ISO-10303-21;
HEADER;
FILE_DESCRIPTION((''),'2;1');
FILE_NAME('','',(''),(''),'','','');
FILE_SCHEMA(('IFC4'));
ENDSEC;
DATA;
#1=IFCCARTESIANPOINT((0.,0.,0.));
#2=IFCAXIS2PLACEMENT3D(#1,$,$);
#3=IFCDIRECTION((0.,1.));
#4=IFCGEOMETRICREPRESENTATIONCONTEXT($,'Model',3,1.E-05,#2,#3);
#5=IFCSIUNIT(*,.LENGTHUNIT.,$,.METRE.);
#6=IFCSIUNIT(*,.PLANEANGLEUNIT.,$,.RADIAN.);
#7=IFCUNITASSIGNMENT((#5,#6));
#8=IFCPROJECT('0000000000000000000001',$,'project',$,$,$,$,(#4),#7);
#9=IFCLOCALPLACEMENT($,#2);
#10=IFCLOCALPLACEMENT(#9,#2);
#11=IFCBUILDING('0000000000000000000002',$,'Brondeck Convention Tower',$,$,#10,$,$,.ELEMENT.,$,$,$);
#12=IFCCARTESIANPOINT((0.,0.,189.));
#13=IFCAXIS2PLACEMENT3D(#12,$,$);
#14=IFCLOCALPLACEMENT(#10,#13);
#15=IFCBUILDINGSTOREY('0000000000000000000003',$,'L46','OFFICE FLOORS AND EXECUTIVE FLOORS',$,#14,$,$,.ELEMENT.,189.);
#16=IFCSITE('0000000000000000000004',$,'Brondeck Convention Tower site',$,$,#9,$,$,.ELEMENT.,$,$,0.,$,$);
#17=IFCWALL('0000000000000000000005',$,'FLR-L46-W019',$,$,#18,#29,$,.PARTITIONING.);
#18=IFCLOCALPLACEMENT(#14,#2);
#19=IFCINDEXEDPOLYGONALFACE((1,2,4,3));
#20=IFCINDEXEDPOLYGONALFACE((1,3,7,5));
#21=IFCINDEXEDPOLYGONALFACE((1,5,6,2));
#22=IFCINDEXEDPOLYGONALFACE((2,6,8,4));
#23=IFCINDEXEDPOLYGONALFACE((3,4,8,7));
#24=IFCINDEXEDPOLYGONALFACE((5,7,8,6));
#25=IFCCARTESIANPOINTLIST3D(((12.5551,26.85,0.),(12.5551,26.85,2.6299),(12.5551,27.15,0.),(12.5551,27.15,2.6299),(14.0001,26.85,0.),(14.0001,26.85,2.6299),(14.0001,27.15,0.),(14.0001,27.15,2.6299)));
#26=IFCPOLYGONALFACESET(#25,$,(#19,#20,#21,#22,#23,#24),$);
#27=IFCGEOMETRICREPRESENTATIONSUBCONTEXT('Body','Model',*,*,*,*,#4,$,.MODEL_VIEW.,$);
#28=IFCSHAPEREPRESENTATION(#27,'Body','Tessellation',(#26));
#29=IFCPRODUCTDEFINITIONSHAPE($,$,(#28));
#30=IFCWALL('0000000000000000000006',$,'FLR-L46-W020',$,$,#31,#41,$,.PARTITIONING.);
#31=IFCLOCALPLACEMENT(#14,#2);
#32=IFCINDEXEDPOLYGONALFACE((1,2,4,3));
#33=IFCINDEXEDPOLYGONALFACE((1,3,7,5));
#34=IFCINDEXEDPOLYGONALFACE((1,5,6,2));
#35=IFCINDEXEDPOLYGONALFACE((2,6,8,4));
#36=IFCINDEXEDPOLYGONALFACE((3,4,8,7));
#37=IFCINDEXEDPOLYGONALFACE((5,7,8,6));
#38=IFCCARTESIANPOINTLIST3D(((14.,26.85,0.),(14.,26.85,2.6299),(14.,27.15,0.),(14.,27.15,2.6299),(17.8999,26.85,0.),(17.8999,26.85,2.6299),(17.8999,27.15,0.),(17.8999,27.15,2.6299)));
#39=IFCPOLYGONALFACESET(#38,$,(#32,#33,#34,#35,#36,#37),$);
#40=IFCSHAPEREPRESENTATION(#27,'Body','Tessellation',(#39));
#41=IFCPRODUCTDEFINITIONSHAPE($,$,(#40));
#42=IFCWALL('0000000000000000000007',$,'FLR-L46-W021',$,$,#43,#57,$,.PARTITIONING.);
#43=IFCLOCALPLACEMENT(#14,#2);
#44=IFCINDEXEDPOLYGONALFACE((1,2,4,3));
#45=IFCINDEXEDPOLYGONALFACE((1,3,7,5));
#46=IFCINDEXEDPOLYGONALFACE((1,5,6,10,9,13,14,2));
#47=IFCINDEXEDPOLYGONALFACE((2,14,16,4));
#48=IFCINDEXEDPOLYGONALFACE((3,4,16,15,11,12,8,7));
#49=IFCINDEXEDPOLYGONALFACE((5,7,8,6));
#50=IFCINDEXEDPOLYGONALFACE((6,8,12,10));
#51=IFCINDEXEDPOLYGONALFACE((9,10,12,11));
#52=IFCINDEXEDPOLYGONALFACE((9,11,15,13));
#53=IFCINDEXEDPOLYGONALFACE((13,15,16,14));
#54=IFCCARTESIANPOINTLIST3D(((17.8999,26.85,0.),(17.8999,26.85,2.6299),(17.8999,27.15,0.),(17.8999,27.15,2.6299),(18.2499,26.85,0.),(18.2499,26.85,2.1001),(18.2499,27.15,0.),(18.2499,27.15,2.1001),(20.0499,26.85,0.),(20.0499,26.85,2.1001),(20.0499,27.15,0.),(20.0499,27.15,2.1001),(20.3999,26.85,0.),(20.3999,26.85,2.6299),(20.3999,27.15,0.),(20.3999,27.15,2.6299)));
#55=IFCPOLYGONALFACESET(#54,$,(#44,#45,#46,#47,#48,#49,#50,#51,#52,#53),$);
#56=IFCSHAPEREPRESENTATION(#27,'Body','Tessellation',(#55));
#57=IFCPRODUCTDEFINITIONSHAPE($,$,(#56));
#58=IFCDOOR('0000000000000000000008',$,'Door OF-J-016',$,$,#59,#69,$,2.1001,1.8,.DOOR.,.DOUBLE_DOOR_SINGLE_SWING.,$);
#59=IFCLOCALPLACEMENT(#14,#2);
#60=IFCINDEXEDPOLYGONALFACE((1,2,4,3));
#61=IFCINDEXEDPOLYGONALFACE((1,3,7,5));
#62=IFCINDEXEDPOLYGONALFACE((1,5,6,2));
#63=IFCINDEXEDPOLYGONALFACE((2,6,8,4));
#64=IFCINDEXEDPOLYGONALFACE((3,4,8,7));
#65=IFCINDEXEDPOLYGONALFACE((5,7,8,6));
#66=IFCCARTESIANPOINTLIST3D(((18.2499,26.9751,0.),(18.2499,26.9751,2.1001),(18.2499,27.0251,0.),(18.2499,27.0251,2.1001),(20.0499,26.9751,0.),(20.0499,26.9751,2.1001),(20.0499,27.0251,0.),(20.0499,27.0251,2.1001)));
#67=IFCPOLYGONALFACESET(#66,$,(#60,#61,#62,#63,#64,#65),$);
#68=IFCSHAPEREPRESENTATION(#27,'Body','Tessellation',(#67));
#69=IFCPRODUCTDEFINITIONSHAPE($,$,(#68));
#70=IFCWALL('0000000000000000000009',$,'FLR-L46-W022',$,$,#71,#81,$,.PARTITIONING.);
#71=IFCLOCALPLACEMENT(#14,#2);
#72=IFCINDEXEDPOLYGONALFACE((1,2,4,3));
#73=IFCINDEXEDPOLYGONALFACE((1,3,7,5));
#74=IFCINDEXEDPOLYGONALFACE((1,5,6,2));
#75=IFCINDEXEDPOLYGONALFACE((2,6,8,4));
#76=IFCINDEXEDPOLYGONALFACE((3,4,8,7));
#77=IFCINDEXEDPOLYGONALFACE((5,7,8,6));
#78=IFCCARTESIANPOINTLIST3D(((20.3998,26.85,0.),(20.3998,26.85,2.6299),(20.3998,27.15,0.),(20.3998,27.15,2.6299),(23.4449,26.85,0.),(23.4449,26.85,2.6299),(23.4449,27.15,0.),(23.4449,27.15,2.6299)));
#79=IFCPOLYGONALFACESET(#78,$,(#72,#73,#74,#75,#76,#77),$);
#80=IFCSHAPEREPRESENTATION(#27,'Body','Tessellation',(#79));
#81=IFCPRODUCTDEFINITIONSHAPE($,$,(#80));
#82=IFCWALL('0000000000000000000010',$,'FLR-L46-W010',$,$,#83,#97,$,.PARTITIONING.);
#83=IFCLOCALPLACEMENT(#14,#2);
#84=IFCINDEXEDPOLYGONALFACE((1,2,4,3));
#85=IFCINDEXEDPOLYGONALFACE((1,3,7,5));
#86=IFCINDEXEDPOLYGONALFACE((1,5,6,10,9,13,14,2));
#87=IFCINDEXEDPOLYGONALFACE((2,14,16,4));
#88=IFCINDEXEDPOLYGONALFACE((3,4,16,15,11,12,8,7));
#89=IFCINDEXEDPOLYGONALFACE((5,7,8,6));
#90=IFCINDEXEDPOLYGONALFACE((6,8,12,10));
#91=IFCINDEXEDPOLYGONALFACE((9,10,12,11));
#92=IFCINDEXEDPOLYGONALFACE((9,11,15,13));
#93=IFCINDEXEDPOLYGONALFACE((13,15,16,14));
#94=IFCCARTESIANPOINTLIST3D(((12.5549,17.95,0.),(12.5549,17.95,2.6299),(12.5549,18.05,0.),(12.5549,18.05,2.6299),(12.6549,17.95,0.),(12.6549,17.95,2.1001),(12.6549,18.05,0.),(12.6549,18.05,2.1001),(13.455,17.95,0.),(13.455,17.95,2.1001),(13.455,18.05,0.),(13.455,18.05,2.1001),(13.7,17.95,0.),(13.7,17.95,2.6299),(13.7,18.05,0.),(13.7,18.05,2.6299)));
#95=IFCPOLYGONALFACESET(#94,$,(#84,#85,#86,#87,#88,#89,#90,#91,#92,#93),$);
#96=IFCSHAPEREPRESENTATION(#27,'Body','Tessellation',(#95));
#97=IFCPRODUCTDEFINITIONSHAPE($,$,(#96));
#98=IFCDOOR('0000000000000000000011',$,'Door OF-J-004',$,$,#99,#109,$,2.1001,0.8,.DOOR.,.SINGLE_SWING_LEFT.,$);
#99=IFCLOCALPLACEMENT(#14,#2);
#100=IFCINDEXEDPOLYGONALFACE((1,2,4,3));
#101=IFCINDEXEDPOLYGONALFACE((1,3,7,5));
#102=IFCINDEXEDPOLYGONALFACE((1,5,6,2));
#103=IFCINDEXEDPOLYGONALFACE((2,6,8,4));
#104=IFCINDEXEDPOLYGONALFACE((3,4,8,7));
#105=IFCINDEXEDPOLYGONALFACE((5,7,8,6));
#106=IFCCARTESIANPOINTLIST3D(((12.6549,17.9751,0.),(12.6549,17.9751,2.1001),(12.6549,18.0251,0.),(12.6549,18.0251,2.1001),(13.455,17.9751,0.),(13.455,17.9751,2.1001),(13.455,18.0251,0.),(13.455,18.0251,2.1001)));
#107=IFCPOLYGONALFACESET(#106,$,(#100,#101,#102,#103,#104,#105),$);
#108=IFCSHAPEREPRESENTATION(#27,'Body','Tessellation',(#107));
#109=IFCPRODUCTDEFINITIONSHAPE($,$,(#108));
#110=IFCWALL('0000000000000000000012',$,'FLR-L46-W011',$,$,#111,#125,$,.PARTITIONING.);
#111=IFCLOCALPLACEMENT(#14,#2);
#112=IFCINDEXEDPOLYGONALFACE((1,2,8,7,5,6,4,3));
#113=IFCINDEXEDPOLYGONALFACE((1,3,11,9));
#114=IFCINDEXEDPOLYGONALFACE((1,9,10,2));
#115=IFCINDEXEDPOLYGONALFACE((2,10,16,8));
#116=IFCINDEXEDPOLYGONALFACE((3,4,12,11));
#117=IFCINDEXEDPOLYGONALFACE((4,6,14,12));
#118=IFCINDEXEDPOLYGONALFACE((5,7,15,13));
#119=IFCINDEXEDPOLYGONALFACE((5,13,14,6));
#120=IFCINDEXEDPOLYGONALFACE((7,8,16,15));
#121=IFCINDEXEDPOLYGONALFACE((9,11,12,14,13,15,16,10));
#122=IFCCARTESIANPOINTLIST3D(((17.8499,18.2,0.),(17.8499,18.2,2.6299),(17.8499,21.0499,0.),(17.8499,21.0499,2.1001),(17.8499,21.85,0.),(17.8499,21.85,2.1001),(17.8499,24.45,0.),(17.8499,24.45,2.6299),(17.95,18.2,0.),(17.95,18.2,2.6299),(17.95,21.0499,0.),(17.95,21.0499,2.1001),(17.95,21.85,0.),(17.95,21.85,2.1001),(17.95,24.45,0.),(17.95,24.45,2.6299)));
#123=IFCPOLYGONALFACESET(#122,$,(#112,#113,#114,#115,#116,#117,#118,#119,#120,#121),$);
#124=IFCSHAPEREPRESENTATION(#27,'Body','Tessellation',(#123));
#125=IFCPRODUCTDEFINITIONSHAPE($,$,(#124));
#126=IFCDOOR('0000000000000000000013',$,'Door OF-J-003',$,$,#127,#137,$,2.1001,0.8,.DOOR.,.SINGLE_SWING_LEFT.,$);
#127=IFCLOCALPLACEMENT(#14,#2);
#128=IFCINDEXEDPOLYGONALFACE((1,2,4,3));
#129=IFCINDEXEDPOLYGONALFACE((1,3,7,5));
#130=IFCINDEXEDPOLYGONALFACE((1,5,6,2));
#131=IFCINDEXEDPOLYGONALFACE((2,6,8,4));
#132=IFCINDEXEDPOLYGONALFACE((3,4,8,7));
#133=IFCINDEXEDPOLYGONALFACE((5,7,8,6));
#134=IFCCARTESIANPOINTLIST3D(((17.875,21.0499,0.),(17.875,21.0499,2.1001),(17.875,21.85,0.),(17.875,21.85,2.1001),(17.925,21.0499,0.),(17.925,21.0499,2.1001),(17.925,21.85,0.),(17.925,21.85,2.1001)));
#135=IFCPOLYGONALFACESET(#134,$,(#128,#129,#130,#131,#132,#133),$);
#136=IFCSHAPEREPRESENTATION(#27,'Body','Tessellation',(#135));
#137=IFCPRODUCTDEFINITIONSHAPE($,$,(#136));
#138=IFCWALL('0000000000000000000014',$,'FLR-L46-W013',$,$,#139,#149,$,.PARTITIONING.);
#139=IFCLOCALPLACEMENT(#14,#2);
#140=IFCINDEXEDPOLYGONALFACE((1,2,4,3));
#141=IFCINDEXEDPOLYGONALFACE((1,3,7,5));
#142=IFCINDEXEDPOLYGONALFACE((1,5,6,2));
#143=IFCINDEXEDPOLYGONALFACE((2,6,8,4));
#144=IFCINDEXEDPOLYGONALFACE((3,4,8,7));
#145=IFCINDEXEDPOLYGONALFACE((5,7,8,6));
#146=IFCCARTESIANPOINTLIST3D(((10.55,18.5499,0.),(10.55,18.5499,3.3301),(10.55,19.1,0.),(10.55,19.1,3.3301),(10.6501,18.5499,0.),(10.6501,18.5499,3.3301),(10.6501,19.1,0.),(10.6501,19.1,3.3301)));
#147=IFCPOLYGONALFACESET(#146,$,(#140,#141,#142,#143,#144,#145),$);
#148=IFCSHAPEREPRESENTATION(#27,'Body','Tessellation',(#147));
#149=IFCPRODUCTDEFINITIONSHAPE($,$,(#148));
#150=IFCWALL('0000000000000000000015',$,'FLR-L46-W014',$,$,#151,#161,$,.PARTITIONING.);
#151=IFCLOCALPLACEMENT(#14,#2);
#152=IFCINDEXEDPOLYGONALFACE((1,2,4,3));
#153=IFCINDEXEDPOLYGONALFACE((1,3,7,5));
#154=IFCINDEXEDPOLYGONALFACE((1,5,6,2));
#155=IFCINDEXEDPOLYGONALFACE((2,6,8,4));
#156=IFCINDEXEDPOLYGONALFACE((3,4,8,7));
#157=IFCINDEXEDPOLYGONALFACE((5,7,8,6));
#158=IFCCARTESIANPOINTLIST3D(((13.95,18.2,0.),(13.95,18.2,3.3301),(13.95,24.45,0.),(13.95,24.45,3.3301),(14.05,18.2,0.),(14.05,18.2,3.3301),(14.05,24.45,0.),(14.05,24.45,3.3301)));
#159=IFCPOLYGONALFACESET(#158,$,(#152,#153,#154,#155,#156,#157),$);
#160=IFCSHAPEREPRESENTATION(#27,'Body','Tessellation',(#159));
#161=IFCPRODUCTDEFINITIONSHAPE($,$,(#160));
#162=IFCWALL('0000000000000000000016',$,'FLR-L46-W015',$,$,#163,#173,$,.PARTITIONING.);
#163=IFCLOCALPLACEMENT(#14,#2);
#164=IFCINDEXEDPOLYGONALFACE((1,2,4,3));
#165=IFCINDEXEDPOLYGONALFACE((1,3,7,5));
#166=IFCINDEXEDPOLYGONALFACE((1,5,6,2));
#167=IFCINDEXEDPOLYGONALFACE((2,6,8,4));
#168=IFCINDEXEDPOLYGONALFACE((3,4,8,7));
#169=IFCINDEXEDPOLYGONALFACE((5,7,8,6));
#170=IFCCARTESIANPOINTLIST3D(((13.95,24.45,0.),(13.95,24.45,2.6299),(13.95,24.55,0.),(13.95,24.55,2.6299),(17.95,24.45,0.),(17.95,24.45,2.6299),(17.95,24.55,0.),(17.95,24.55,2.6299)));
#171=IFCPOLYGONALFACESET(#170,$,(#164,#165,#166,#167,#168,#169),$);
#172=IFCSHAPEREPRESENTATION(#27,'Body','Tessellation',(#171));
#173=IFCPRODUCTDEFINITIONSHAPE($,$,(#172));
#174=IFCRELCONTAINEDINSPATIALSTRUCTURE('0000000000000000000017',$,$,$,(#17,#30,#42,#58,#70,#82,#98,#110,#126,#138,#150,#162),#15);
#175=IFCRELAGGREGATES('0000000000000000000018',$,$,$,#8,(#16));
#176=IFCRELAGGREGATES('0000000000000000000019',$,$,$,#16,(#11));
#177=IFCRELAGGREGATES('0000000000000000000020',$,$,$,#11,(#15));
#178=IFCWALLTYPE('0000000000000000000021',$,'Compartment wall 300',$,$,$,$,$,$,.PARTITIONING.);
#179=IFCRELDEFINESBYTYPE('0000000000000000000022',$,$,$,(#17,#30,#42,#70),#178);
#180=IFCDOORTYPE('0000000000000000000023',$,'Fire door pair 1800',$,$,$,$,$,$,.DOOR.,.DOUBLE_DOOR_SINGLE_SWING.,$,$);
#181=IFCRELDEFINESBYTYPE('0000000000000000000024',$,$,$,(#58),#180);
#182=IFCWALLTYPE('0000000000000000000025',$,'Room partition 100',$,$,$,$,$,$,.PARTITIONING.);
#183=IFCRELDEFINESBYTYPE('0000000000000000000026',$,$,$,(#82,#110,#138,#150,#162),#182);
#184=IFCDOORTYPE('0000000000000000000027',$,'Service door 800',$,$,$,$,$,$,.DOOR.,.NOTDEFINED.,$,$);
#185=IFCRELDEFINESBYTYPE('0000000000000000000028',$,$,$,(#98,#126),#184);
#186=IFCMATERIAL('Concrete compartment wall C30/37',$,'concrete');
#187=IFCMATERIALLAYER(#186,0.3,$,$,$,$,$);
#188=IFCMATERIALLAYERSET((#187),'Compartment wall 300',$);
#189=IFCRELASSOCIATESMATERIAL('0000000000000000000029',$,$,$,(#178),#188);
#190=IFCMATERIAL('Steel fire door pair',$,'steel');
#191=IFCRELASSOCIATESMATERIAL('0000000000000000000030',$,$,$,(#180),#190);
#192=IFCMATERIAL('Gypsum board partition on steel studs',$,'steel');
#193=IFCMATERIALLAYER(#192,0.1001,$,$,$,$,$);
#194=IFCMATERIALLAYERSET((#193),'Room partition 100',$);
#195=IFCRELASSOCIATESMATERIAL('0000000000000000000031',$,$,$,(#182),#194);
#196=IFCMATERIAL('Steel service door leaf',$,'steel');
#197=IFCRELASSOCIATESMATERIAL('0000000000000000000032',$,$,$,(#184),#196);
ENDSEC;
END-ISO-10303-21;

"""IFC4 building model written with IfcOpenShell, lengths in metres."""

from ifc_helpers import new_model, si_unit, direction, frame, frame_2d, origin, place, context, subcontext, project, spatial, rectangle, extrude, material, layer, layer_set, type_object, element, fill, save


model = new_model("IFC4")

# Units and contexts
model_context = context("Model", 3, precision=1e-05, world=origin(), true_north=direction((0.0, 1.0)))
body_context = subcontext(model_context, "Body", "Model", "MODEL_VIEW")
ifc_project = project(units=[si_unit("LENGTHUNIT", "METRE"), si_unit("PLANEANGLEUNIT", "RADIAN")], contexts=[model_context])

# Site, building, storey
site_placement = place(None, origin())
site = spatial("IfcSite", under=ifc_project, at=site_placement, Name="Brondeck Convention Tower site", CompositionType="ELEMENT", RefElevation=0.0)
building_placement = place(site_placement, origin())
building = spatial("IfcBuilding", under=site, at=building_placement, Name="Brondeck Convention Tower", CompositionType="ELEMENT")
storey_placement = place(building_placement, frame((0.0, 0.0, 189.0)))
storey = spatial("IfcBuildingStorey", under=building, at=storey_placement, Name="L46", Description="OFFICE FLOORS AND EXECUTIVE FLOORS", CompositionType="ELEMENT", Elevation=189.0)

# Walls
ifc_material_1 = material(Name="Concrete compartment wall C30/37", Category="concrete")
ifc_layer_1 = layer(ifc_material_1, 0.3)
ifc_layer_set_1 = layer_set([ifc_layer_1], Name="Compartment wall 300")
wall_type_1 = type_object("IfcWallType", Name="Compartment wall 300", PredefinedType="PARTITIONING", material=ifc_layer_set_1)
wall_1_placement = place(storey_placement, frame((12.5549, 27.0, 0.0), z_axis=(0.0, 0.0, 1.0), x_axis=(1.0, 0.0, 0.0)))
element("IfcWall", 1, at=wall_1_placement, inside=storey, type_object=wall_type_1, Name="FLR-L46-W019", PredefinedType="PARTITIONING", context=body_context, shape_type="SweptSolid", body=[
    extrude(rectangle(XDim=1.4451, YDim=0.3, at=frame_2d((0.7227, 0.0))), origin(), (0.0, 0.0, 1.0), 2.6299),
])
wall_2_placement = place(storey_placement, frame((14.0, 27.0, 0.0), z_axis=(0.0, 0.0, 1.0), x_axis=(1.0, 0.0, 0.0)))
element("IfcWall", 2, at=wall_2_placement, inside=storey, type_object=wall_type_1, Name="FLR-L46-W020", PredefinedType="PARTITIONING", context=body_context, shape_type="SweptSolid", body=[
    extrude(rectangle(XDim=3.8999, YDim=0.3, at=frame_2d((1.95, 0.0))), origin(), (0.0, 0.0, 1.0), 2.6299),
])

# Wall, opening, door
wall_3_placement = place(storey_placement, frame((20.3999, 27.0, 0.0), z_axis=(0.0, 0.0, 1.0), x_axis=(-1.0, 0.0, 0.0)))
wall_3 = element("IfcWall", 3, at=wall_3_placement, inside=storey, type_object=wall_type_1, Name="FLR-L46-W021", PredefinedType="PARTITIONING", context=body_context, shape_type="SweptSolid", body=[
    extrude(rectangle(XDim=2.5, YDim=0.3, at=frame_2d((1.25, 0.0))), origin(), (0.0, 0.0, 1.0), 2.6299),
])
opening_1_placement = place(wall_3_placement, frame((0.3501, 0.0, 0.0)))
opening_1 = element("IfcOpeningElement", 4, at=opening_1_placement, cuts=wall_3, PredefinedType="OPENING", context=body_context, shape_type="SweptSolid", body=[
    extrude(rectangle(XDim=1.8, YDim=2.1001, at=frame_2d((0.8999, 1.05))), frame((0.0, 0.1599, 0.0), z_axis=(0.0, -1.0, 0.0), x_axis=(1.0, 0.0, 0.0)), (0.0, 0.0, 1.0), 0.3201),
])
ifc_material_2 = material(Name="Steel fire door pair", Category="steel")
door_type_1 = type_object("IfcDoorType", Name="Fire door pair 1800", OperationType="DOUBLE_DOOR_SINGLE_SWING", PredefinedType="DOOR", material=ifc_material_2)
door_1_placement = place(opening_1_placement, origin())
door_1 = element("IfcDoor", 5, at=door_1_placement, inside=storey, type_object=door_type_1, Name="Door OF-J-016", OperationType="DOUBLE_DOOR_SINGLE_SWING", OverallHeight=2.1001, OverallWidth=1.8, PredefinedType="DOOR", context=body_context, shape_type="SweptSolid", body=[
    extrude(rectangle(XDim=1.8, YDim=2.1001, at=frame_2d((0.8999, 1.05))), frame((0.0, 0.0249, 0.0), z_axis=(0.0, -1.0, 0.0), x_axis=(1.0, 0.0, 0.0)), (0.0, 0.0, 1.0), 0.05),
])
fill(opening_1, door_1)

# Wall
wall_4_placement = place(storey_placement, frame((20.3999, 27.0, 0.0), z_axis=(0.0, 0.0, 1.0), x_axis=(1.0, 0.0, 0.0)))
element("IfcWall", 6, at=wall_4_placement, inside=storey, type_object=wall_type_1, Name="FLR-L46-W022", PredefinedType="PARTITIONING", context=body_context, shape_type="SweptSolid", body=[
    extrude(rectangle(XDim=3.0452, YDim=0.3, at=frame_2d((1.5225, 0.0))), origin(), (0.0, 0.0, 1.0), 2.6299),
])

# Walls, openings, doors
ifc_material_3 = material(Name="Gypsum board partition on steel studs", Category="steel")
ifc_layer_2 = layer(ifc_material_3, 0.1001)
ifc_layer_set_2 = layer_set([ifc_layer_2], Name="Room partition 100")
wall_type_2 = type_object("IfcWallType", Name="Room partition 100", PredefinedType="PARTITIONING", material=ifc_layer_set_2)
wall_5_placement = place(storey_placement, frame((13.7, 18.0, 0.0), z_axis=(0.0, 0.0, 1.0), x_axis=(-1.0, 0.0, 0.0)))
wall_5 = element("IfcWall", 7, at=wall_5_placement, inside=storey, type_object=wall_type_2, Name="FLR-L46-W010", PredefinedType="PARTITIONING", context=body_context, shape_type="SweptSolid", body=[
    extrude(rectangle(XDim=1.145, YDim=0.1001, at=frame_2d((0.5725, 0.0))), origin(), (0.0, 0.0, 1.0), 2.6299),
])
opening_2_placement = place(wall_5_placement, frame((0.2451, 0.0, 0.0)))
opening_2 = element("IfcOpeningElement", 8, at=opening_2_placement, cuts=wall_5, PredefinedType="OPENING", context=body_context, shape_type="SweptSolid", body=[
    extrude(rectangle(XDim=0.8, YDim=2.1001, at=frame_2d((0.3999, 1.05))), frame((0.0, 0.0601, 0.0), z_axis=(0.0, -1.0, 0.0), x_axis=(1.0, 0.0, 0.0)), (0.0, 0.0, 1.0), 0.1201),
])
ifc_material_4 = material(Name="Steel service door leaf", Category="steel")
door_type_2 = type_object("IfcDoorType", Name="Service door 800", OperationType="NOTDEFINED", PredefinedType="DOOR", material=ifc_material_4)
door_2_placement = place(opening_2_placement, origin())
door_2 = element("IfcDoor", 9, at=door_2_placement, inside=storey, type_object=door_type_2, Name="Door OF-J-004", OperationType="SINGLE_SWING_LEFT", OverallHeight=2.1001, OverallWidth=0.8, PredefinedType="DOOR", context=body_context, shape_type="SweptSolid", body=[
    extrude(rectangle(XDim=0.8, YDim=2.1001, at=frame_2d((0.3999, 1.05))), frame((0.0, 0.0249, 0.0), z_axis=(0.0, -1.0, 0.0), x_axis=(1.0, 0.0, 0.0)), (0.0, 0.0, 1.0), 0.05),
])
fill(opening_2, door_2)
wall_6_placement = place(storey_placement, frame((17.8999, 18.2, 0.0), z_axis=(0.0, 0.0, 1.0), x_axis=(0.0, 1.0, 0.0)))
wall_6 = element("IfcWall", 10, at=wall_6_placement, inside=storey, type_object=wall_type_2, Name="FLR-L46-W011", PredefinedType="PARTITIONING", context=body_context, shape_type="SweptSolid", body=[
    extrude(rectangle(XDim=6.25, YDim=0.1001, at=frame_2d((3.125, 0.0))), origin(), (0.0, 0.0, 1.0), 2.6299),
])
opening_3_placement = place(wall_6_placement, frame((2.8501, 0.0, 0.0)))
opening_3 = element("IfcOpeningElement", 11, at=opening_3_placement, cuts=wall_6, PredefinedType="OPENING", context=body_context, shape_type="SweptSolid", body=[
    extrude(rectangle(XDim=0.8, YDim=2.1001, at=frame_2d((0.3999, 1.05))), frame((0.0, 0.0601, 0.0), z_axis=(0.0, -1.0, 0.0), x_axis=(1.0, 0.0, 0.0)), (0.0, 0.0, 1.0), 0.1201),
])
door_3_placement = place(opening_3_placement, origin())
door_3 = element("IfcDoor", 12, at=door_3_placement, inside=storey, type_object=door_type_2, Name="Door OF-J-003", OperationType="SINGLE_SWING_LEFT", OverallHeight=2.1001, OverallWidth=0.8, PredefinedType="DOOR", context=body_context, shape_type="SweptSolid", body=[
    extrude(rectangle(XDim=0.8, YDim=2.1001, at=frame_2d((0.3999, 1.05))), frame((0.0, 0.0249, 0.0), z_axis=(0.0, -1.0, 0.0), x_axis=(1.0, 0.0, 0.0)), (0.0, 0.0, 1.0), 0.05),
])
fill(opening_3, door_3)

# Walls
wall_7_placement = place(storey_placement, frame((10.6001, 18.55, 0.0), z_axis=(0.0, 0.0, 1.0), x_axis=(0.0, 1.0, 0.0)))
element("IfcWall", 13, at=wall_7_placement, inside=storey, type_object=wall_type_2, Name="FLR-L46-W013", PredefinedType="PARTITIONING", context=body_context, shape_type="SweptSolid", body=[
    extrude(rectangle(XDim=0.55, YDim=0.1001, at=frame_2d((0.2749, 0.0))), origin(), (0.0, 0.0, 1.0), 3.3301),
])
wall_8_placement = place(storey_placement, frame((14.0, 24.45, 0.0), z_axis=(0.0, 0.0, 1.0), x_axis=(0.0, -1.0, 0.0)))
element("IfcWall", 14, at=wall_8_placement, inside=storey, type_object=wall_type_2, Name="FLR-L46-W014", PredefinedType="PARTITIONING", context=body_context, shape_type="SweptSolid", body=[
    extrude(rectangle(XDim=6.25, YDim=0.1001, at=frame_2d((3.125, 0.0))), origin(), (0.0, 0.0, 1.0), 3.3301),
])
wall_9_placement = place(storey_placement, frame((17.95, 24.5, 0.0), z_axis=(0.0, 0.0, 1.0), x_axis=(-1.0, 0.0, 0.0)))
element("IfcWall", 15, at=wall_9_placement, inside=storey, type_object=wall_type_2, Name="FLR-L46-W015", PredefinedType="PARTITIONING", context=body_context, shape_type="SweptSolid", body=[
    extrude(rectangle(XDim=4.0, YDim=0.1001, at=frame_2d((2.0, 0.0))), origin(), (0.0, 0.0, 1.0), 2.6299),
])

save(model, "model.ifc")
